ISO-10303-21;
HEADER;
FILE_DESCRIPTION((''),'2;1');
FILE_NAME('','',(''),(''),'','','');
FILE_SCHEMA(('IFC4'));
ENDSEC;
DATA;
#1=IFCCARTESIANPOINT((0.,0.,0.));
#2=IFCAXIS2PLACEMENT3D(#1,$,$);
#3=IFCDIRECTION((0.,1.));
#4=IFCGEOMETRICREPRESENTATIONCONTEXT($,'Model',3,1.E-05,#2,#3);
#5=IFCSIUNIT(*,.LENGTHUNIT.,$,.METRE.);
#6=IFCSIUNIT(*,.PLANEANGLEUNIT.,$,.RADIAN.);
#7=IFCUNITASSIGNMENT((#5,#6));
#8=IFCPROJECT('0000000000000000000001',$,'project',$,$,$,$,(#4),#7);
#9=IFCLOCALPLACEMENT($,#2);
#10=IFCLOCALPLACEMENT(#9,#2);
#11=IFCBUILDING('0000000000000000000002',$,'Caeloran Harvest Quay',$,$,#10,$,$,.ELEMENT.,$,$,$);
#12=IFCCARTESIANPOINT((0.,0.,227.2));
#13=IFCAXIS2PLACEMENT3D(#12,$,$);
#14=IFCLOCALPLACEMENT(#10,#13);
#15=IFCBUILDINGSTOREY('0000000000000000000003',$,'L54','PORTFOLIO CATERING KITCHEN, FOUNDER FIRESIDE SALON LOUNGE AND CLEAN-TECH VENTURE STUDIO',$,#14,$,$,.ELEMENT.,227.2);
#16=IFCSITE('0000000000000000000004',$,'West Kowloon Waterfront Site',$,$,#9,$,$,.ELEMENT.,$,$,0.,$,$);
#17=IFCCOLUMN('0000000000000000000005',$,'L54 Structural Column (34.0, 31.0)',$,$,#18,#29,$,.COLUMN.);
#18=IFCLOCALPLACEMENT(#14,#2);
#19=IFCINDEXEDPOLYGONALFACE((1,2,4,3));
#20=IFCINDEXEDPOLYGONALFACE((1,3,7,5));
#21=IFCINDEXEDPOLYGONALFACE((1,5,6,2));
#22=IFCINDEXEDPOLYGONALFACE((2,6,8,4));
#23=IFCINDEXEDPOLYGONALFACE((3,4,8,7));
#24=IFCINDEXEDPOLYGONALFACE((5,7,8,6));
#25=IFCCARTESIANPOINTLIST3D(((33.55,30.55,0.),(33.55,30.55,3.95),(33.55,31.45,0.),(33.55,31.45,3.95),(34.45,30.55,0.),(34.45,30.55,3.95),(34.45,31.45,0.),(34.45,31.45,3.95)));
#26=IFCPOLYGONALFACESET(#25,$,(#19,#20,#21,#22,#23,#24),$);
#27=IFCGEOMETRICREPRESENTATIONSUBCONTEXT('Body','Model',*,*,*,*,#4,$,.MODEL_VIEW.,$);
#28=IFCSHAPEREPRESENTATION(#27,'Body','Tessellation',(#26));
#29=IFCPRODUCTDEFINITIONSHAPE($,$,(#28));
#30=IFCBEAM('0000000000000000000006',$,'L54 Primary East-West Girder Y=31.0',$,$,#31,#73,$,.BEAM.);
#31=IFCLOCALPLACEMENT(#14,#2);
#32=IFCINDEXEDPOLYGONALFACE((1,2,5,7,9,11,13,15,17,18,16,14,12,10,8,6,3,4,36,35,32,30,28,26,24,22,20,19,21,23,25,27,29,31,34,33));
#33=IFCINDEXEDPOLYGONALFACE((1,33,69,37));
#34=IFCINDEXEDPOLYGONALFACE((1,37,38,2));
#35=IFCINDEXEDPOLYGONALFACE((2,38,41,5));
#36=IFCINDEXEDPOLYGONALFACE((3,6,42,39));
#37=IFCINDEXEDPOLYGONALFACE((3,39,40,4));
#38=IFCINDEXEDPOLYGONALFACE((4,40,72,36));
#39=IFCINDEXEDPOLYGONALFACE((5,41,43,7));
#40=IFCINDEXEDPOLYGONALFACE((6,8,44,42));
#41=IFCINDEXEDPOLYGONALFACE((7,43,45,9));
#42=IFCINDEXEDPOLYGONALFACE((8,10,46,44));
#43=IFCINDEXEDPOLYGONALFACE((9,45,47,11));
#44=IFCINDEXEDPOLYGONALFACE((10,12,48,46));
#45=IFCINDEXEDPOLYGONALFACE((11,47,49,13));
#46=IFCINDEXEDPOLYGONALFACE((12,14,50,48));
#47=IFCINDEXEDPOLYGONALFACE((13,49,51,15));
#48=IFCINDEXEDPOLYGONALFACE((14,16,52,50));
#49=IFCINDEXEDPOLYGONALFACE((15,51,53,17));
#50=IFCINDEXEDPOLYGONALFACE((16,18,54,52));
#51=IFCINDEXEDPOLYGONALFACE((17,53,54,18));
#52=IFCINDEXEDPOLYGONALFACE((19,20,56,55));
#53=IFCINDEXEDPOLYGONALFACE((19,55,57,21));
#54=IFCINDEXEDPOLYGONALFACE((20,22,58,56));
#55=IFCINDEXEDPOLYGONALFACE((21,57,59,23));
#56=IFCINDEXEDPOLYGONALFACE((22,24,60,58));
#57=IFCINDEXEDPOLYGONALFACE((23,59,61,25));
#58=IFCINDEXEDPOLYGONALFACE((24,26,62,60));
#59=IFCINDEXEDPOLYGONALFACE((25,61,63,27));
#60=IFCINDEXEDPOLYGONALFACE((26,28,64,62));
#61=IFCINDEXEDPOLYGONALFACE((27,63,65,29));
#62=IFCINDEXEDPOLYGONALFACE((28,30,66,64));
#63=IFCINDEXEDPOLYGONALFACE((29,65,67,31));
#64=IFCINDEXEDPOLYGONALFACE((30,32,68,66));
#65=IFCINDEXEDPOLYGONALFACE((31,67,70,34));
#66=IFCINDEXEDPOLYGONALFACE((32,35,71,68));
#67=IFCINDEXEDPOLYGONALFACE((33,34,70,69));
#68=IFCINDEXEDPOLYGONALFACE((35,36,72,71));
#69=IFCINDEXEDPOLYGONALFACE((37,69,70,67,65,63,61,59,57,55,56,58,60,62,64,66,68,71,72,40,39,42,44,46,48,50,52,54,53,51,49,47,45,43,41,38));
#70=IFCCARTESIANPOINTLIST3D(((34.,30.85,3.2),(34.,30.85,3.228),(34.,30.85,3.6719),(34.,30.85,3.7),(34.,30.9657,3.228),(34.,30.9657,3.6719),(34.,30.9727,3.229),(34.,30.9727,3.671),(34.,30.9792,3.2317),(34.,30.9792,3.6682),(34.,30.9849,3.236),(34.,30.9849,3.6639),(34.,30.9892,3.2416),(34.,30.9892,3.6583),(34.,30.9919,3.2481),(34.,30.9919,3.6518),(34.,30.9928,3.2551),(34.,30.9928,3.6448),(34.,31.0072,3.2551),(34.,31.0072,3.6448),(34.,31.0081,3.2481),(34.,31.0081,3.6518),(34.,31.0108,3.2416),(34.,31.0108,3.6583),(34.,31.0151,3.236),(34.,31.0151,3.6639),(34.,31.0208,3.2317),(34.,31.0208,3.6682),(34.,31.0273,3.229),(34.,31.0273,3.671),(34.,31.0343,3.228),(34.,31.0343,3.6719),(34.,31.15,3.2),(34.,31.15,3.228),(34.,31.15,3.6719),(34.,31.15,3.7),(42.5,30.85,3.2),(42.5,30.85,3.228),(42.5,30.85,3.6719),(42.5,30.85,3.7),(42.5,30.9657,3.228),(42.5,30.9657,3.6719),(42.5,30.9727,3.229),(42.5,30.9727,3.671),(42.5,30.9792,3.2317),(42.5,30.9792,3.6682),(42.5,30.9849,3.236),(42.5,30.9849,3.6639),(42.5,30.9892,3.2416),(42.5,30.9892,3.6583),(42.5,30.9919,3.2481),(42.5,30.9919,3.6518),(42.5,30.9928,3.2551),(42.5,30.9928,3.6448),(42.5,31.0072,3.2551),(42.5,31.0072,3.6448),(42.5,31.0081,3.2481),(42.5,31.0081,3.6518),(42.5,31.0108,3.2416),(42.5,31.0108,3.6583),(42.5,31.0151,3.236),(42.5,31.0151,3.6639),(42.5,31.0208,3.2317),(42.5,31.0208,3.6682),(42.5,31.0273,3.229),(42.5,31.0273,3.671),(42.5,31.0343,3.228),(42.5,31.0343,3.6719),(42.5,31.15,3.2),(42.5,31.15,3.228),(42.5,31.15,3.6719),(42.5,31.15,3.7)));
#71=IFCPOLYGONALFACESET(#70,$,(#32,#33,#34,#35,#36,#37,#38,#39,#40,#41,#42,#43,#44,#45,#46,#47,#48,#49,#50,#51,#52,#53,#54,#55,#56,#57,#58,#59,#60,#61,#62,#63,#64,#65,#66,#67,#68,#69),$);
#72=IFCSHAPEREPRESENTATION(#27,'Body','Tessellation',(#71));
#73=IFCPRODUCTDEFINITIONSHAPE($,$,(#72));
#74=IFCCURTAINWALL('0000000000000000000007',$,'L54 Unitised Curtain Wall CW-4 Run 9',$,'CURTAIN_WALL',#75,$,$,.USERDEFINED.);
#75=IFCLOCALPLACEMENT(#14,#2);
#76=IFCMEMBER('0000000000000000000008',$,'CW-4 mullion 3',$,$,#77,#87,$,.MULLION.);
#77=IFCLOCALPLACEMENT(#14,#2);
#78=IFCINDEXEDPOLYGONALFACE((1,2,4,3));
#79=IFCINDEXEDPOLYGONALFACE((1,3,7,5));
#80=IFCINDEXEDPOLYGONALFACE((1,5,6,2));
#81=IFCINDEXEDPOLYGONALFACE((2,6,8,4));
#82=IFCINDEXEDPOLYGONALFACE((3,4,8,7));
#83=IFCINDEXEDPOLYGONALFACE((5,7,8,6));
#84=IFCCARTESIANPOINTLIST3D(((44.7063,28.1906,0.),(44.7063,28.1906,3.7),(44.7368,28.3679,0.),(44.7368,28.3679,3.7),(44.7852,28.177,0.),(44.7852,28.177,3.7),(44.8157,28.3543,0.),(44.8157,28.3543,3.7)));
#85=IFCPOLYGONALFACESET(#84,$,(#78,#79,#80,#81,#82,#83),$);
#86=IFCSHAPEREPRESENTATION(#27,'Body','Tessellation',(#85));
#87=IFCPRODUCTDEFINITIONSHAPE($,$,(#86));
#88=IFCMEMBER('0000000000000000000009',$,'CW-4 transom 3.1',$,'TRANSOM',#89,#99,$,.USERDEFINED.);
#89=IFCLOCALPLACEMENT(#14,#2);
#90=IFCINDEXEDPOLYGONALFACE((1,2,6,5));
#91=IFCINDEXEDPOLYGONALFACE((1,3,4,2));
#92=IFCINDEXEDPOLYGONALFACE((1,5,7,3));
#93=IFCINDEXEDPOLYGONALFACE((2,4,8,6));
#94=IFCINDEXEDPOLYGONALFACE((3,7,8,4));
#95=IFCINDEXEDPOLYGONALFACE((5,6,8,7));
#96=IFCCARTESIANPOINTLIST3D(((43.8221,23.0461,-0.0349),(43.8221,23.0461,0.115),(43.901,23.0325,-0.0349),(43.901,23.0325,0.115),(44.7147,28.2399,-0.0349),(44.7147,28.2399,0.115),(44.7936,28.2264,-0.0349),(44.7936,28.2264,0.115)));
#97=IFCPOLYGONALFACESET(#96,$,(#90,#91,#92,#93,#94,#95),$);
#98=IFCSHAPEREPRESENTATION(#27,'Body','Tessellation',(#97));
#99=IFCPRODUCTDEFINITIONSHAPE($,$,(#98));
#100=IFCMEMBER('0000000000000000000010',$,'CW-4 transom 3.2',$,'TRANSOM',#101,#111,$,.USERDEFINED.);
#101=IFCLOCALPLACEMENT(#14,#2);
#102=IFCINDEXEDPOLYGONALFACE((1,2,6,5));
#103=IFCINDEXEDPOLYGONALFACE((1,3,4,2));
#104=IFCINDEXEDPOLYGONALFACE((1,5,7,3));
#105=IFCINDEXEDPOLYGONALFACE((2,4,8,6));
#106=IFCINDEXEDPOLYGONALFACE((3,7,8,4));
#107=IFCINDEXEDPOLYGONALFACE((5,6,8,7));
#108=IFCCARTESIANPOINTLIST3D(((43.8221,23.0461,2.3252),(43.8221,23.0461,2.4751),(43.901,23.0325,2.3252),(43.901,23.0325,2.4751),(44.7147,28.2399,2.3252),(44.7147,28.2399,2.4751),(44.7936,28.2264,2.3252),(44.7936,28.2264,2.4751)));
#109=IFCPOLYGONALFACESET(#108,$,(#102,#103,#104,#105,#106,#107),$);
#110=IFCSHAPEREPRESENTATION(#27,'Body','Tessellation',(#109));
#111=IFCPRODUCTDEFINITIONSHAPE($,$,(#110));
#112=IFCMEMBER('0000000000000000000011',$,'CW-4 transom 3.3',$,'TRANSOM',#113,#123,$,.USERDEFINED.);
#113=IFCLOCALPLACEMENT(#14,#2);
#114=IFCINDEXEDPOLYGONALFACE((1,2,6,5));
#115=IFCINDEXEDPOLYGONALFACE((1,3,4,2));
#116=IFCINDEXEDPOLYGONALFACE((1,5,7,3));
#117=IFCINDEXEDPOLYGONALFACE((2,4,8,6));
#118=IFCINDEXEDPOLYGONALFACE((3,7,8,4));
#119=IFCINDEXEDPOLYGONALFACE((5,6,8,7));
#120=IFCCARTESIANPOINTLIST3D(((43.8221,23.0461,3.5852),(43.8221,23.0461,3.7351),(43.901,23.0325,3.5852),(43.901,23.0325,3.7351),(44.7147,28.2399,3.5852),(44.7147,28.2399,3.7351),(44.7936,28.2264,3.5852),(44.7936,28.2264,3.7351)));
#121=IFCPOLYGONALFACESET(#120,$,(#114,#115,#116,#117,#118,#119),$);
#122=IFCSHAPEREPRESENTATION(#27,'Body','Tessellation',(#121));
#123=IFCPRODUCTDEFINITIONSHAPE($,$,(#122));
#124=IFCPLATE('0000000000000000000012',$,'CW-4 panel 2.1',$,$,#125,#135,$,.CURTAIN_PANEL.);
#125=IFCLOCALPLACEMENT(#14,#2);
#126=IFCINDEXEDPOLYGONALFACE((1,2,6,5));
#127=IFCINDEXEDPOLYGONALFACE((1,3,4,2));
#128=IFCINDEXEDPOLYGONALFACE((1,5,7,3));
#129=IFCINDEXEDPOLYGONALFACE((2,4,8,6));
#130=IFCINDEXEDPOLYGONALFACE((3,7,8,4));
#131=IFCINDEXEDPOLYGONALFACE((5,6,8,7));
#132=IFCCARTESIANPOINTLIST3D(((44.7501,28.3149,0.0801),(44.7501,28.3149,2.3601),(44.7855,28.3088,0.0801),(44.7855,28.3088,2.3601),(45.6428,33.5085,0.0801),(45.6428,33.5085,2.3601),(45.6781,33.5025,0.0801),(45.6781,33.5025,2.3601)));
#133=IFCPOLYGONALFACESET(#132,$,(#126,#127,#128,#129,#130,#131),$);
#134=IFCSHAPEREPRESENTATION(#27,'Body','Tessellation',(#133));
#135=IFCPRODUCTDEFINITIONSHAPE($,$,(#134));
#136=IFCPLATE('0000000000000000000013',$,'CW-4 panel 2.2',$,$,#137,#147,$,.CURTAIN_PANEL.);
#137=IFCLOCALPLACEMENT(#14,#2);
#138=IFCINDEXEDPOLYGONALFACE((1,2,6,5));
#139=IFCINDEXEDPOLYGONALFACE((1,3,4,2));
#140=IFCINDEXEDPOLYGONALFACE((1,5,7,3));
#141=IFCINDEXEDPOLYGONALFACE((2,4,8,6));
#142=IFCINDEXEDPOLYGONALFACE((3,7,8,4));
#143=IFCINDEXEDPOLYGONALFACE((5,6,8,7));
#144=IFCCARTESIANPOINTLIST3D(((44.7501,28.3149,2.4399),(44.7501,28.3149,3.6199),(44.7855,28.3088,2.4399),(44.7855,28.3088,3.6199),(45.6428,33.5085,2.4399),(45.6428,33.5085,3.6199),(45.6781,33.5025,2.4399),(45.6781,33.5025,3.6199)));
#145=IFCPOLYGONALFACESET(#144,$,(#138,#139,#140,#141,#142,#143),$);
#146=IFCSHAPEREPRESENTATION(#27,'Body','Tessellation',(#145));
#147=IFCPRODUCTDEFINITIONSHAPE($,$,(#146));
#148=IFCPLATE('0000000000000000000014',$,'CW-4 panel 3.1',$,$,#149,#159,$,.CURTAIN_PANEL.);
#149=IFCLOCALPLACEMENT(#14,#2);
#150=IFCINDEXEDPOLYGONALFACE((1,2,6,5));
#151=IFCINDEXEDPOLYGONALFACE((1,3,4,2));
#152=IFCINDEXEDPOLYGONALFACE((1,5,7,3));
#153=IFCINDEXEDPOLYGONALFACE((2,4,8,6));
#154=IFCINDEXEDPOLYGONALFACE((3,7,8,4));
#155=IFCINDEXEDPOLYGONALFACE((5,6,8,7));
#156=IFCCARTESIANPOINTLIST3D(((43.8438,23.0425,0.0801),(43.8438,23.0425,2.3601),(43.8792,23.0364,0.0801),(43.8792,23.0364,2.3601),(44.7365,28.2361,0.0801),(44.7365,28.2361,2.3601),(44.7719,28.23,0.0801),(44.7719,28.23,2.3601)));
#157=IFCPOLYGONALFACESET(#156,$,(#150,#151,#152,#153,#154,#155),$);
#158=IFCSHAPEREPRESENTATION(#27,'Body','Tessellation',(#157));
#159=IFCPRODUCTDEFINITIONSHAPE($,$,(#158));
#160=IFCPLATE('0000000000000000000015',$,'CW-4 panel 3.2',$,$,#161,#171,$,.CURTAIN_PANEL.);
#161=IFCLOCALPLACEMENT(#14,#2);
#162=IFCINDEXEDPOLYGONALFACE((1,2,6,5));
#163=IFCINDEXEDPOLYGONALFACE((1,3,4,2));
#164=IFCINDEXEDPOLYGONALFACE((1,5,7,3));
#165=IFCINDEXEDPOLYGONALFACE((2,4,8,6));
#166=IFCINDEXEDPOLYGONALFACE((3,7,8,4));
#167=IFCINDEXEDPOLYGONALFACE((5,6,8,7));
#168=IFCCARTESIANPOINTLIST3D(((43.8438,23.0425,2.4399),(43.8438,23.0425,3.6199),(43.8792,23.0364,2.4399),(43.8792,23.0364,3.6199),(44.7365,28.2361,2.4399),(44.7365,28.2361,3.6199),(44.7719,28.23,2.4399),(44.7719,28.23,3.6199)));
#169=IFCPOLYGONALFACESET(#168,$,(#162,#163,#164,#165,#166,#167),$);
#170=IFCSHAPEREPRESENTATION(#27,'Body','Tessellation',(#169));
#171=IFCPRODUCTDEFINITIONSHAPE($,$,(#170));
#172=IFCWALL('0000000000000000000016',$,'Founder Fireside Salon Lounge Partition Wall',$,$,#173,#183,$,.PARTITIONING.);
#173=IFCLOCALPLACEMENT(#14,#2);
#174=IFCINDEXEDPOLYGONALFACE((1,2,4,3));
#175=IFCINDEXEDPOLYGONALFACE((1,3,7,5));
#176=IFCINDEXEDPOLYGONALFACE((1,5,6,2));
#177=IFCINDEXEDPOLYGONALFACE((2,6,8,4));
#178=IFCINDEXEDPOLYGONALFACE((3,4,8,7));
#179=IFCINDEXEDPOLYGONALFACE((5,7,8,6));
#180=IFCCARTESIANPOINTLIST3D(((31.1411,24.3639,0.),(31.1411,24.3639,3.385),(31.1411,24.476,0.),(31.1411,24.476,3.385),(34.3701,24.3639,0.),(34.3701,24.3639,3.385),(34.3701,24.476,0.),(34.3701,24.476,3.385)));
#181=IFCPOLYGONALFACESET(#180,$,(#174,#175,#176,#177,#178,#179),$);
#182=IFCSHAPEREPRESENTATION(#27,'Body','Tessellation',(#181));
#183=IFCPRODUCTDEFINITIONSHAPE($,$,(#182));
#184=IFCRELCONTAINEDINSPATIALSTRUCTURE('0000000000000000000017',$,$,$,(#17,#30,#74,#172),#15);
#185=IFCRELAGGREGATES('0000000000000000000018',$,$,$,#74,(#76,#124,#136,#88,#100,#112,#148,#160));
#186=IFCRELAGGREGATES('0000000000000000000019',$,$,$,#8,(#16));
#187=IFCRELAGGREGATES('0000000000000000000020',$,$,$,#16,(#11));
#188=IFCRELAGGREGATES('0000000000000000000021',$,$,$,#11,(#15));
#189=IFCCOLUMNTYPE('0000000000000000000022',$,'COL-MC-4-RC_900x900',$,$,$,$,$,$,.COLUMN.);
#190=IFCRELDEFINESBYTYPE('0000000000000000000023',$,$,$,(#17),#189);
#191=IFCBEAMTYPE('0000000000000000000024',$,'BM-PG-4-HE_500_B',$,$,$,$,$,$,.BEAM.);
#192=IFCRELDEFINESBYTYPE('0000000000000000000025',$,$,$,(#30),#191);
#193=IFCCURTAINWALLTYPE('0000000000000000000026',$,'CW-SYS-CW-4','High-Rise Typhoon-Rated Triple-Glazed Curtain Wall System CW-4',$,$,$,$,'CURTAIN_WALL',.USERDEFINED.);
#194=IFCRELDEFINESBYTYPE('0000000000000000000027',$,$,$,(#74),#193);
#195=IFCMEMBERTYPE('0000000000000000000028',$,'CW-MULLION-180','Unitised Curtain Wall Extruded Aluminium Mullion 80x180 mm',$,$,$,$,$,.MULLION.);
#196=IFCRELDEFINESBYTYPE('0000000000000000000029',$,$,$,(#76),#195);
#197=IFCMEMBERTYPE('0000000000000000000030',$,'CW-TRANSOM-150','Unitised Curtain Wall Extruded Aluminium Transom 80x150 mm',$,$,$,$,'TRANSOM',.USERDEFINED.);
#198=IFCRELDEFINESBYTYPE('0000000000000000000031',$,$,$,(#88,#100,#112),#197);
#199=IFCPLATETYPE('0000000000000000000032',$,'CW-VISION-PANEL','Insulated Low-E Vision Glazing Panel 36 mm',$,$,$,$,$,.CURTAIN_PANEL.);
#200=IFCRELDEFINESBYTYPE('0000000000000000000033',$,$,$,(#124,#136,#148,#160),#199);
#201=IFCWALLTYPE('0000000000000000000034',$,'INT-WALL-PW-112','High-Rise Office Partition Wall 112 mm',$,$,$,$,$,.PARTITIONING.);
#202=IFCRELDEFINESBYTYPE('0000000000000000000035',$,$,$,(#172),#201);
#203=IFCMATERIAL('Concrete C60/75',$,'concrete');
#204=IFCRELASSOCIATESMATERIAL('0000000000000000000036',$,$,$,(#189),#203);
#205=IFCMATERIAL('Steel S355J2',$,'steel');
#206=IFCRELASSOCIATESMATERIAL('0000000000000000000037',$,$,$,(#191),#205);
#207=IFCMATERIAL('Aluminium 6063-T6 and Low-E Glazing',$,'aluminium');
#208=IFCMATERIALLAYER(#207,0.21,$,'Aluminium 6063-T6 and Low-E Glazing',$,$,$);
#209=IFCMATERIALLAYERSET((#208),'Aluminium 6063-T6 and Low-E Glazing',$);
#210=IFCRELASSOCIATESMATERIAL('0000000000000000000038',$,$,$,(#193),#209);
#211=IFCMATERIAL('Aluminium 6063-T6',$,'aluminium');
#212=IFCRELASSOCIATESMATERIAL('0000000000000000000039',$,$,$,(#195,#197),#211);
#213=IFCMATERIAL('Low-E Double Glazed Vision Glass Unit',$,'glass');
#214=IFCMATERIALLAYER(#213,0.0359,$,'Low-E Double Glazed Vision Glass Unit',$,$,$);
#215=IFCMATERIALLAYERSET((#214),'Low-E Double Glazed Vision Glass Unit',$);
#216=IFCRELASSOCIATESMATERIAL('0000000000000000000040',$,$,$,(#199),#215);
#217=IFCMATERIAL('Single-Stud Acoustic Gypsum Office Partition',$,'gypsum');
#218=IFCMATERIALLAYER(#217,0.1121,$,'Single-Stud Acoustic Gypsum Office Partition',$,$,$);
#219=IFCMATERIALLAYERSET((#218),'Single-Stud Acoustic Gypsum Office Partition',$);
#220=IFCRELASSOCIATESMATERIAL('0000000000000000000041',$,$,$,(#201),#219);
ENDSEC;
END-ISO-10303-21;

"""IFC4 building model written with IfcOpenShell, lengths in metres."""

from ifc_helpers import new_model, si_unit, direction, frame, frame_2d, origin, origin_2d, place, context, subcontext, project, spatial, rectangle, i_section, extrude, material, layer, layer_set, material_profile, profile_set, type_object, element, aggregate, save


model = new_model("IFC4")

# Units and contexts
model_context = context("Model", 3, precision=1e-05, world=origin(), true_north=direction((0.0, 1.0)))
body_context = subcontext(model_context, "Body", "Model", "MODEL_VIEW")
ifc_project = project(units=[si_unit("LENGTHUNIT", "METRE"), si_unit("PLANEANGLEUNIT", "RADIAN")], contexts=[model_context])

# Site, building, storey
site_placement = place(None, origin())
site = spatial("IfcSite", under=ifc_project, at=site_placement, Name="West Kowloon Waterfront Site", CompositionType="ELEMENT", RefElevation=0.0)
building_placement = place(site_placement, origin())
building = spatial("IfcBuilding", under=site, at=building_placement, Name="Caeloran Harvest Quay", CompositionType="ELEMENT")
storey_placement = place(building_placement, frame((0.0, 0.0, 227.2)))
storey = spatial("IfcBuildingStorey", under=building, at=storey_placement, Name="L54", Description="PORTFOLIO CATERING KITCHEN, FOUNDER FIRESIDE SALON LOUNGE AND CLEAN-TECH VENTURE STUDIO", CompositionType="ELEMENT", Elevation=227.2)

# Column
ifc_material_1 = material(Name="Concrete C60/75", Category="concrete")
ifc_material_profile_1 = material_profile(ifc_material_1, rectangle(XDim=0.8999, YDim=0.8999, at=origin_2d()), Name="RC 900x900")
ifc_profile_set_1 = profile_set([ifc_material_profile_1], Name="Concrete C60/75")
column_type = type_object("IfcColumnType", Name="COL-MC-4-RC_900x900", PredefinedType="COLUMN", material=ifc_profile_set_1)
column_placement = place(storey_placement, frame((34.0, 31.0, 0.0), z_axis=(0.0, 0.0, 1.0), x_axis=(1.0, 0.0, 0.0)))
element("IfcColumn", 1, at=column_placement, inside=storey, type_object=column_type, Name="L54 Structural Column (34.0, 31.0)", PredefinedType="COLUMN", context=body_context, shape_type="SweptSolid", body=[
    extrude(rectangle(XDim=0.8999, YDim=0.8999, at=origin_2d()), origin(), (0.0, 0.0, 1.0), 3.95),
])

# Beam
ifc_material_2 = material(Name="Steel S355J2", Category="steel")
ifc_material_profile_2 = material_profile(ifc_material_2, i_section(OverallWidth=0.3, OverallDepth=0.5, WebThickness=0.0144, FlangeThickness=0.0281, FilletRadius=0.0271, at=origin_2d()), Name="HE 500 B")
ifc_profile_set_2 = profile_set([ifc_material_profile_2], Name="Steel S355J2")
beam_type = type_object("IfcBeamType", Name="BM-PG-4-HE_500_B", PredefinedType="BEAM", material=ifc_profile_set_2)
beam_placement = place(storey_placement, frame((34.0, 31.0, 3.45), z_axis=(1.0, 0.0, 0.0), x_axis=(0.0, 1.0, 0.0)))
element("IfcBeam", 2, at=beam_placement, inside=storey, type_object=beam_type, Name="L54 Primary East-West Girder Y=31.0", PredefinedType="BEAM", context=body_context, shape_type="SweptSolid", body=[
    extrude(i_section(OverallWidth=0.3, OverallDepth=0.5, WebThickness=0.0144, FlangeThickness=0.0281, FilletRadius=0.0271, at=origin_2d()), origin(), (0.0, 0.0, 1.0), 8.5),
])

# Curtain wall, members, plates
ifc_material_3 = material(Name="Aluminium 6063-T6 and Low-E Glazing", Category="aluminium")
ifc_layer_1 = layer(ifc_material_3, 0.21, Name="Aluminium 6063-T6 and Low-E Glazing")
ifc_layer_set_1 = layer_set([ifc_layer_1], Name="Aluminium 6063-T6 and Low-E Glazing")
curtain_wall_type = type_object("IfcCurtainWallType", Name="CW-SYS-CW-4", Description="High-Rise Typhoon-Rated Triple-Glazed Curtain Wall System CW-4", ElementType="CURTAIN_WALL", PredefinedType="USERDEFINED", material=ifc_layer_set_1)
curtain_wall_placement = place(storey_placement, origin())
curtain_wall = element("IfcCurtainWall", 3, at=curtain_wall_placement, inside=storey, type_object=curtain_wall_type, Name="L54 Unitised Curtain Wall CW-4 Run 9", ObjectType="CURTAIN_WALL", PredefinedType="USERDEFINED")
ifc_material_4 = material(Name="Aluminium 6063-T6", Category="aluminium")
ifc_material_profile_3 = material_profile(ifc_material_4, rectangle(XDim=0.0801, YDim=0.1799, at=origin_2d()), Name="CW-MULLION-180")
ifc_profile_set_3 = profile_set([ifc_material_profile_3], Name="Aluminium 6063-T6")
member_type_1 = type_object("IfcMemberType", Name="CW-MULLION-180", Description="Unitised Curtain Wall Extruded Aluminium Mullion 80x180 mm", PredefinedType="MULLION", material=ifc_profile_set_3)
member_1_placement = place(storey_placement, frame((44.761, 28.2725, 0.0), z_axis=(0.0, 0.0, 1.0), x_axis=(0.985549, -0.169391, 0.0)))
member_1 = element("IfcMember", 4, at=member_1_placement, type_object=member_type_1, Name="CW-4 mullion 3", PredefinedType="MULLION", context=body_context, shape_type="SweptSolid", body=[
    extrude(rectangle(XDim=0.0801, YDim=0.1799, at=origin_2d()), origin(), (0.0, 0.0, 1.0), 3.7),
])
ifc_material_profile_4 = material_profile(ifc_material_4, rectangle(XDim=0.0801, YDim=0.1499, at=origin_2d()), Name="CW-TRANSOM-150")
ifc_profile_set_4 = profile_set([ifc_material_profile_4], Name="Aluminium 6063-T6")
member_type_2 = type_object("IfcMemberType", Name="CW-TRANSOM-150", Description="Unitised Curtain Wall Extruded Aluminium Transom 80x150 mm", ElementType="TRANSOM", PredefinedType="USERDEFINED", material=ifc_profile_set_4)
member_2_placement = place(storey_placement, frame((44.7542, 28.2332, 0.04), z_axis=(-0.16937, -0.985553, 0.0), x_axis=(0.985553, -0.16937, 0.0)))
member_2 = element("IfcMember", 5, at=member_2_placement, type_object=member_type_2, Name="CW-4 transom 3.1", ObjectType="TRANSOM", PredefinedType="USERDEFINED", context=body_context, shape_type="SweptSolid", body=[
    extrude(rectangle(XDim=0.0801, YDim=0.1499, at=origin_2d()), origin(), (0.0, 0.0, 1.0), 5.27),
])
member_3_placement = place(storey_placement, frame((44.7542, 28.2332, 2.4001), z_axis=(-0.16937, -0.985553, 0.0), x_axis=(0.985553, -0.16937, 0.0)))
member_3 = element("IfcMember", 6, at=member_3_placement, type_object=member_type_2, Name="CW-4 transom 3.2", ObjectType="TRANSOM", PredefinedType="USERDEFINED", context=body_context, shape_type="SweptSolid", body=[
    extrude(rectangle(XDim=0.0801, YDim=0.1499, at=origin_2d()), origin(), (0.0, 0.0, 1.0), 5.27),
])
member_4_placement = place(storey_placement, frame((44.7542, 28.2332, 3.6602), z_axis=(-0.16937, -0.985553, 0.0), x_axis=(0.985553, -0.16937, 0.0)))
member_4 = element("IfcMember", 7, at=member_4_placement, type_object=member_type_2, Name="CW-4 transom 3.3", ObjectType="TRANSOM", PredefinedType="USERDEFINED", context=body_context, shape_type="SweptSolid", body=[
    extrude(rectangle(XDim=0.0801, YDim=0.1499, at=origin_2d()), origin(), (0.0, 0.0, 1.0), 5.27),
])
ifc_material_5 = material(Name="Low-E Double Glazed Vision Glass Unit", Category="glass")
ifc_layer_2 = layer(ifc_material_5, 0.0359, Name="Low-E Double Glazed Vision Glass Unit")
ifc_layer_set_2 = layer_set([ifc_layer_2], Name="Low-E Double Glazed Vision Glass Unit")
plate_type = type_object("IfcPlateType", Name="CW-VISION-PANEL", Description="Insulated Low-E Vision Glazing Panel 36 mm", PredefinedType="CURTAIN_PANEL", material=ifc_layer_set_2)
plate_1_placement = place(storey_placement, frame((45.2141, 30.9087, 0.0801), z_axis=(0.0, 0.0, 1.0), x_axis=(-0.169391, -0.985549, 0.0)))
plate_1 = element("IfcPlate", 8, at=plate_1_placement, type_object=plate_type, Name="CW-4 panel 2.1", PredefinedType="CURTAIN_PANEL", context=body_context, shape_type="SweptSolid", body=[
    extrude(rectangle(XDim=5.2698, YDim=0.0359, at=origin_2d()), origin(), (0.0, 0.0, 1.0), 2.28),
])
plate_2_placement = place(storey_placement, frame((45.2141, 30.9087, 2.4399), z_axis=(0.0, 0.0, 1.0), x_axis=(-0.169391, -0.985549, 0.0)))
plate_2 = element("IfcPlate", 9, at=plate_2_placement, type_object=plate_type, Name="CW-4 panel 2.2", PredefinedType="CURTAIN_PANEL", context=body_context, shape_type="SweptSolid", body=[
    extrude(rectangle(XDim=5.2698, YDim=0.0359, at=origin_2d()), origin(), (0.0, 0.0, 1.0), 1.1799),
])
plate_3_placement = place(storey_placement, frame((44.3079, 25.6362, 0.0801), z_axis=(0.0, 0.0, 1.0), x_axis=(-0.169391, -0.985549, 0.0)))
plate_3 = element("IfcPlate", 10, at=plate_3_placement, type_object=plate_type, Name="CW-4 panel 3.1", PredefinedType="CURTAIN_PANEL", context=body_context, shape_type="SweptSolid", body=[
    extrude(rectangle(XDim=5.2698, YDim=0.0359, at=origin_2d()), origin(), (0.0, 0.0, 1.0), 2.28),
])
plate_4_placement = place(storey_placement, frame((44.3079, 25.6362, 2.4399), z_axis=(0.0, 0.0, 1.0), x_axis=(-0.169391, -0.985549, 0.0)))
plate_4 = element("IfcPlate", 11, at=plate_4_placement, type_object=plate_type, Name="CW-4 panel 3.2", PredefinedType="CURTAIN_PANEL", context=body_context, shape_type="SweptSolid", body=[
    extrude(rectangle(XDim=5.2698, YDim=0.0359, at=origin_2d()), origin(), (0.0, 0.0, 1.0), 1.1799),
])
aggregate(curtain_wall, [member_1, plate_1, plate_2, member_2, member_3, member_4, plate_3, plate_4])

# Wall
ifc_material_6 = material(Name="Single-Stud Acoustic Gypsum Office Partition", Category="gypsum")
ifc_layer_3 = layer(ifc_material_6, 0.1121, Name="Single-Stud Acoustic Gypsum Office Partition")
ifc_layer_set_3 = layer_set([ifc_layer_3], Name="Single-Stud Acoustic Gypsum Office Partition")
wall_type = type_object("IfcWallType", Name="INT-WALL-PW-112", Description="High-Rise Office Partition Wall 112 mm", PredefinedType="PARTITIONING", material=ifc_layer_set_3)
wall_1_placement = place(storey_placement, frame((31.1411, 24.4199, 0.0), z_axis=(0.0, 0.0, 1.0), x_axis=(1.0, 0.0, 0.0)))
element("IfcWall", 12, at=wall_1_placement, inside=storey, type_object=wall_type, Name="Founder Fireside Salon Lounge Partition Wall", PredefinedType="PARTITIONING", context=body_context, shape_type="SweptSolid", body=[
    extrude(rectangle(XDim=3.229, YDim=0.1121, at=frame_2d((1.6145, 0.0))), origin(), (0.0, 0.0, 1.0), 3.385),
])

save(model, "model.ifc")
